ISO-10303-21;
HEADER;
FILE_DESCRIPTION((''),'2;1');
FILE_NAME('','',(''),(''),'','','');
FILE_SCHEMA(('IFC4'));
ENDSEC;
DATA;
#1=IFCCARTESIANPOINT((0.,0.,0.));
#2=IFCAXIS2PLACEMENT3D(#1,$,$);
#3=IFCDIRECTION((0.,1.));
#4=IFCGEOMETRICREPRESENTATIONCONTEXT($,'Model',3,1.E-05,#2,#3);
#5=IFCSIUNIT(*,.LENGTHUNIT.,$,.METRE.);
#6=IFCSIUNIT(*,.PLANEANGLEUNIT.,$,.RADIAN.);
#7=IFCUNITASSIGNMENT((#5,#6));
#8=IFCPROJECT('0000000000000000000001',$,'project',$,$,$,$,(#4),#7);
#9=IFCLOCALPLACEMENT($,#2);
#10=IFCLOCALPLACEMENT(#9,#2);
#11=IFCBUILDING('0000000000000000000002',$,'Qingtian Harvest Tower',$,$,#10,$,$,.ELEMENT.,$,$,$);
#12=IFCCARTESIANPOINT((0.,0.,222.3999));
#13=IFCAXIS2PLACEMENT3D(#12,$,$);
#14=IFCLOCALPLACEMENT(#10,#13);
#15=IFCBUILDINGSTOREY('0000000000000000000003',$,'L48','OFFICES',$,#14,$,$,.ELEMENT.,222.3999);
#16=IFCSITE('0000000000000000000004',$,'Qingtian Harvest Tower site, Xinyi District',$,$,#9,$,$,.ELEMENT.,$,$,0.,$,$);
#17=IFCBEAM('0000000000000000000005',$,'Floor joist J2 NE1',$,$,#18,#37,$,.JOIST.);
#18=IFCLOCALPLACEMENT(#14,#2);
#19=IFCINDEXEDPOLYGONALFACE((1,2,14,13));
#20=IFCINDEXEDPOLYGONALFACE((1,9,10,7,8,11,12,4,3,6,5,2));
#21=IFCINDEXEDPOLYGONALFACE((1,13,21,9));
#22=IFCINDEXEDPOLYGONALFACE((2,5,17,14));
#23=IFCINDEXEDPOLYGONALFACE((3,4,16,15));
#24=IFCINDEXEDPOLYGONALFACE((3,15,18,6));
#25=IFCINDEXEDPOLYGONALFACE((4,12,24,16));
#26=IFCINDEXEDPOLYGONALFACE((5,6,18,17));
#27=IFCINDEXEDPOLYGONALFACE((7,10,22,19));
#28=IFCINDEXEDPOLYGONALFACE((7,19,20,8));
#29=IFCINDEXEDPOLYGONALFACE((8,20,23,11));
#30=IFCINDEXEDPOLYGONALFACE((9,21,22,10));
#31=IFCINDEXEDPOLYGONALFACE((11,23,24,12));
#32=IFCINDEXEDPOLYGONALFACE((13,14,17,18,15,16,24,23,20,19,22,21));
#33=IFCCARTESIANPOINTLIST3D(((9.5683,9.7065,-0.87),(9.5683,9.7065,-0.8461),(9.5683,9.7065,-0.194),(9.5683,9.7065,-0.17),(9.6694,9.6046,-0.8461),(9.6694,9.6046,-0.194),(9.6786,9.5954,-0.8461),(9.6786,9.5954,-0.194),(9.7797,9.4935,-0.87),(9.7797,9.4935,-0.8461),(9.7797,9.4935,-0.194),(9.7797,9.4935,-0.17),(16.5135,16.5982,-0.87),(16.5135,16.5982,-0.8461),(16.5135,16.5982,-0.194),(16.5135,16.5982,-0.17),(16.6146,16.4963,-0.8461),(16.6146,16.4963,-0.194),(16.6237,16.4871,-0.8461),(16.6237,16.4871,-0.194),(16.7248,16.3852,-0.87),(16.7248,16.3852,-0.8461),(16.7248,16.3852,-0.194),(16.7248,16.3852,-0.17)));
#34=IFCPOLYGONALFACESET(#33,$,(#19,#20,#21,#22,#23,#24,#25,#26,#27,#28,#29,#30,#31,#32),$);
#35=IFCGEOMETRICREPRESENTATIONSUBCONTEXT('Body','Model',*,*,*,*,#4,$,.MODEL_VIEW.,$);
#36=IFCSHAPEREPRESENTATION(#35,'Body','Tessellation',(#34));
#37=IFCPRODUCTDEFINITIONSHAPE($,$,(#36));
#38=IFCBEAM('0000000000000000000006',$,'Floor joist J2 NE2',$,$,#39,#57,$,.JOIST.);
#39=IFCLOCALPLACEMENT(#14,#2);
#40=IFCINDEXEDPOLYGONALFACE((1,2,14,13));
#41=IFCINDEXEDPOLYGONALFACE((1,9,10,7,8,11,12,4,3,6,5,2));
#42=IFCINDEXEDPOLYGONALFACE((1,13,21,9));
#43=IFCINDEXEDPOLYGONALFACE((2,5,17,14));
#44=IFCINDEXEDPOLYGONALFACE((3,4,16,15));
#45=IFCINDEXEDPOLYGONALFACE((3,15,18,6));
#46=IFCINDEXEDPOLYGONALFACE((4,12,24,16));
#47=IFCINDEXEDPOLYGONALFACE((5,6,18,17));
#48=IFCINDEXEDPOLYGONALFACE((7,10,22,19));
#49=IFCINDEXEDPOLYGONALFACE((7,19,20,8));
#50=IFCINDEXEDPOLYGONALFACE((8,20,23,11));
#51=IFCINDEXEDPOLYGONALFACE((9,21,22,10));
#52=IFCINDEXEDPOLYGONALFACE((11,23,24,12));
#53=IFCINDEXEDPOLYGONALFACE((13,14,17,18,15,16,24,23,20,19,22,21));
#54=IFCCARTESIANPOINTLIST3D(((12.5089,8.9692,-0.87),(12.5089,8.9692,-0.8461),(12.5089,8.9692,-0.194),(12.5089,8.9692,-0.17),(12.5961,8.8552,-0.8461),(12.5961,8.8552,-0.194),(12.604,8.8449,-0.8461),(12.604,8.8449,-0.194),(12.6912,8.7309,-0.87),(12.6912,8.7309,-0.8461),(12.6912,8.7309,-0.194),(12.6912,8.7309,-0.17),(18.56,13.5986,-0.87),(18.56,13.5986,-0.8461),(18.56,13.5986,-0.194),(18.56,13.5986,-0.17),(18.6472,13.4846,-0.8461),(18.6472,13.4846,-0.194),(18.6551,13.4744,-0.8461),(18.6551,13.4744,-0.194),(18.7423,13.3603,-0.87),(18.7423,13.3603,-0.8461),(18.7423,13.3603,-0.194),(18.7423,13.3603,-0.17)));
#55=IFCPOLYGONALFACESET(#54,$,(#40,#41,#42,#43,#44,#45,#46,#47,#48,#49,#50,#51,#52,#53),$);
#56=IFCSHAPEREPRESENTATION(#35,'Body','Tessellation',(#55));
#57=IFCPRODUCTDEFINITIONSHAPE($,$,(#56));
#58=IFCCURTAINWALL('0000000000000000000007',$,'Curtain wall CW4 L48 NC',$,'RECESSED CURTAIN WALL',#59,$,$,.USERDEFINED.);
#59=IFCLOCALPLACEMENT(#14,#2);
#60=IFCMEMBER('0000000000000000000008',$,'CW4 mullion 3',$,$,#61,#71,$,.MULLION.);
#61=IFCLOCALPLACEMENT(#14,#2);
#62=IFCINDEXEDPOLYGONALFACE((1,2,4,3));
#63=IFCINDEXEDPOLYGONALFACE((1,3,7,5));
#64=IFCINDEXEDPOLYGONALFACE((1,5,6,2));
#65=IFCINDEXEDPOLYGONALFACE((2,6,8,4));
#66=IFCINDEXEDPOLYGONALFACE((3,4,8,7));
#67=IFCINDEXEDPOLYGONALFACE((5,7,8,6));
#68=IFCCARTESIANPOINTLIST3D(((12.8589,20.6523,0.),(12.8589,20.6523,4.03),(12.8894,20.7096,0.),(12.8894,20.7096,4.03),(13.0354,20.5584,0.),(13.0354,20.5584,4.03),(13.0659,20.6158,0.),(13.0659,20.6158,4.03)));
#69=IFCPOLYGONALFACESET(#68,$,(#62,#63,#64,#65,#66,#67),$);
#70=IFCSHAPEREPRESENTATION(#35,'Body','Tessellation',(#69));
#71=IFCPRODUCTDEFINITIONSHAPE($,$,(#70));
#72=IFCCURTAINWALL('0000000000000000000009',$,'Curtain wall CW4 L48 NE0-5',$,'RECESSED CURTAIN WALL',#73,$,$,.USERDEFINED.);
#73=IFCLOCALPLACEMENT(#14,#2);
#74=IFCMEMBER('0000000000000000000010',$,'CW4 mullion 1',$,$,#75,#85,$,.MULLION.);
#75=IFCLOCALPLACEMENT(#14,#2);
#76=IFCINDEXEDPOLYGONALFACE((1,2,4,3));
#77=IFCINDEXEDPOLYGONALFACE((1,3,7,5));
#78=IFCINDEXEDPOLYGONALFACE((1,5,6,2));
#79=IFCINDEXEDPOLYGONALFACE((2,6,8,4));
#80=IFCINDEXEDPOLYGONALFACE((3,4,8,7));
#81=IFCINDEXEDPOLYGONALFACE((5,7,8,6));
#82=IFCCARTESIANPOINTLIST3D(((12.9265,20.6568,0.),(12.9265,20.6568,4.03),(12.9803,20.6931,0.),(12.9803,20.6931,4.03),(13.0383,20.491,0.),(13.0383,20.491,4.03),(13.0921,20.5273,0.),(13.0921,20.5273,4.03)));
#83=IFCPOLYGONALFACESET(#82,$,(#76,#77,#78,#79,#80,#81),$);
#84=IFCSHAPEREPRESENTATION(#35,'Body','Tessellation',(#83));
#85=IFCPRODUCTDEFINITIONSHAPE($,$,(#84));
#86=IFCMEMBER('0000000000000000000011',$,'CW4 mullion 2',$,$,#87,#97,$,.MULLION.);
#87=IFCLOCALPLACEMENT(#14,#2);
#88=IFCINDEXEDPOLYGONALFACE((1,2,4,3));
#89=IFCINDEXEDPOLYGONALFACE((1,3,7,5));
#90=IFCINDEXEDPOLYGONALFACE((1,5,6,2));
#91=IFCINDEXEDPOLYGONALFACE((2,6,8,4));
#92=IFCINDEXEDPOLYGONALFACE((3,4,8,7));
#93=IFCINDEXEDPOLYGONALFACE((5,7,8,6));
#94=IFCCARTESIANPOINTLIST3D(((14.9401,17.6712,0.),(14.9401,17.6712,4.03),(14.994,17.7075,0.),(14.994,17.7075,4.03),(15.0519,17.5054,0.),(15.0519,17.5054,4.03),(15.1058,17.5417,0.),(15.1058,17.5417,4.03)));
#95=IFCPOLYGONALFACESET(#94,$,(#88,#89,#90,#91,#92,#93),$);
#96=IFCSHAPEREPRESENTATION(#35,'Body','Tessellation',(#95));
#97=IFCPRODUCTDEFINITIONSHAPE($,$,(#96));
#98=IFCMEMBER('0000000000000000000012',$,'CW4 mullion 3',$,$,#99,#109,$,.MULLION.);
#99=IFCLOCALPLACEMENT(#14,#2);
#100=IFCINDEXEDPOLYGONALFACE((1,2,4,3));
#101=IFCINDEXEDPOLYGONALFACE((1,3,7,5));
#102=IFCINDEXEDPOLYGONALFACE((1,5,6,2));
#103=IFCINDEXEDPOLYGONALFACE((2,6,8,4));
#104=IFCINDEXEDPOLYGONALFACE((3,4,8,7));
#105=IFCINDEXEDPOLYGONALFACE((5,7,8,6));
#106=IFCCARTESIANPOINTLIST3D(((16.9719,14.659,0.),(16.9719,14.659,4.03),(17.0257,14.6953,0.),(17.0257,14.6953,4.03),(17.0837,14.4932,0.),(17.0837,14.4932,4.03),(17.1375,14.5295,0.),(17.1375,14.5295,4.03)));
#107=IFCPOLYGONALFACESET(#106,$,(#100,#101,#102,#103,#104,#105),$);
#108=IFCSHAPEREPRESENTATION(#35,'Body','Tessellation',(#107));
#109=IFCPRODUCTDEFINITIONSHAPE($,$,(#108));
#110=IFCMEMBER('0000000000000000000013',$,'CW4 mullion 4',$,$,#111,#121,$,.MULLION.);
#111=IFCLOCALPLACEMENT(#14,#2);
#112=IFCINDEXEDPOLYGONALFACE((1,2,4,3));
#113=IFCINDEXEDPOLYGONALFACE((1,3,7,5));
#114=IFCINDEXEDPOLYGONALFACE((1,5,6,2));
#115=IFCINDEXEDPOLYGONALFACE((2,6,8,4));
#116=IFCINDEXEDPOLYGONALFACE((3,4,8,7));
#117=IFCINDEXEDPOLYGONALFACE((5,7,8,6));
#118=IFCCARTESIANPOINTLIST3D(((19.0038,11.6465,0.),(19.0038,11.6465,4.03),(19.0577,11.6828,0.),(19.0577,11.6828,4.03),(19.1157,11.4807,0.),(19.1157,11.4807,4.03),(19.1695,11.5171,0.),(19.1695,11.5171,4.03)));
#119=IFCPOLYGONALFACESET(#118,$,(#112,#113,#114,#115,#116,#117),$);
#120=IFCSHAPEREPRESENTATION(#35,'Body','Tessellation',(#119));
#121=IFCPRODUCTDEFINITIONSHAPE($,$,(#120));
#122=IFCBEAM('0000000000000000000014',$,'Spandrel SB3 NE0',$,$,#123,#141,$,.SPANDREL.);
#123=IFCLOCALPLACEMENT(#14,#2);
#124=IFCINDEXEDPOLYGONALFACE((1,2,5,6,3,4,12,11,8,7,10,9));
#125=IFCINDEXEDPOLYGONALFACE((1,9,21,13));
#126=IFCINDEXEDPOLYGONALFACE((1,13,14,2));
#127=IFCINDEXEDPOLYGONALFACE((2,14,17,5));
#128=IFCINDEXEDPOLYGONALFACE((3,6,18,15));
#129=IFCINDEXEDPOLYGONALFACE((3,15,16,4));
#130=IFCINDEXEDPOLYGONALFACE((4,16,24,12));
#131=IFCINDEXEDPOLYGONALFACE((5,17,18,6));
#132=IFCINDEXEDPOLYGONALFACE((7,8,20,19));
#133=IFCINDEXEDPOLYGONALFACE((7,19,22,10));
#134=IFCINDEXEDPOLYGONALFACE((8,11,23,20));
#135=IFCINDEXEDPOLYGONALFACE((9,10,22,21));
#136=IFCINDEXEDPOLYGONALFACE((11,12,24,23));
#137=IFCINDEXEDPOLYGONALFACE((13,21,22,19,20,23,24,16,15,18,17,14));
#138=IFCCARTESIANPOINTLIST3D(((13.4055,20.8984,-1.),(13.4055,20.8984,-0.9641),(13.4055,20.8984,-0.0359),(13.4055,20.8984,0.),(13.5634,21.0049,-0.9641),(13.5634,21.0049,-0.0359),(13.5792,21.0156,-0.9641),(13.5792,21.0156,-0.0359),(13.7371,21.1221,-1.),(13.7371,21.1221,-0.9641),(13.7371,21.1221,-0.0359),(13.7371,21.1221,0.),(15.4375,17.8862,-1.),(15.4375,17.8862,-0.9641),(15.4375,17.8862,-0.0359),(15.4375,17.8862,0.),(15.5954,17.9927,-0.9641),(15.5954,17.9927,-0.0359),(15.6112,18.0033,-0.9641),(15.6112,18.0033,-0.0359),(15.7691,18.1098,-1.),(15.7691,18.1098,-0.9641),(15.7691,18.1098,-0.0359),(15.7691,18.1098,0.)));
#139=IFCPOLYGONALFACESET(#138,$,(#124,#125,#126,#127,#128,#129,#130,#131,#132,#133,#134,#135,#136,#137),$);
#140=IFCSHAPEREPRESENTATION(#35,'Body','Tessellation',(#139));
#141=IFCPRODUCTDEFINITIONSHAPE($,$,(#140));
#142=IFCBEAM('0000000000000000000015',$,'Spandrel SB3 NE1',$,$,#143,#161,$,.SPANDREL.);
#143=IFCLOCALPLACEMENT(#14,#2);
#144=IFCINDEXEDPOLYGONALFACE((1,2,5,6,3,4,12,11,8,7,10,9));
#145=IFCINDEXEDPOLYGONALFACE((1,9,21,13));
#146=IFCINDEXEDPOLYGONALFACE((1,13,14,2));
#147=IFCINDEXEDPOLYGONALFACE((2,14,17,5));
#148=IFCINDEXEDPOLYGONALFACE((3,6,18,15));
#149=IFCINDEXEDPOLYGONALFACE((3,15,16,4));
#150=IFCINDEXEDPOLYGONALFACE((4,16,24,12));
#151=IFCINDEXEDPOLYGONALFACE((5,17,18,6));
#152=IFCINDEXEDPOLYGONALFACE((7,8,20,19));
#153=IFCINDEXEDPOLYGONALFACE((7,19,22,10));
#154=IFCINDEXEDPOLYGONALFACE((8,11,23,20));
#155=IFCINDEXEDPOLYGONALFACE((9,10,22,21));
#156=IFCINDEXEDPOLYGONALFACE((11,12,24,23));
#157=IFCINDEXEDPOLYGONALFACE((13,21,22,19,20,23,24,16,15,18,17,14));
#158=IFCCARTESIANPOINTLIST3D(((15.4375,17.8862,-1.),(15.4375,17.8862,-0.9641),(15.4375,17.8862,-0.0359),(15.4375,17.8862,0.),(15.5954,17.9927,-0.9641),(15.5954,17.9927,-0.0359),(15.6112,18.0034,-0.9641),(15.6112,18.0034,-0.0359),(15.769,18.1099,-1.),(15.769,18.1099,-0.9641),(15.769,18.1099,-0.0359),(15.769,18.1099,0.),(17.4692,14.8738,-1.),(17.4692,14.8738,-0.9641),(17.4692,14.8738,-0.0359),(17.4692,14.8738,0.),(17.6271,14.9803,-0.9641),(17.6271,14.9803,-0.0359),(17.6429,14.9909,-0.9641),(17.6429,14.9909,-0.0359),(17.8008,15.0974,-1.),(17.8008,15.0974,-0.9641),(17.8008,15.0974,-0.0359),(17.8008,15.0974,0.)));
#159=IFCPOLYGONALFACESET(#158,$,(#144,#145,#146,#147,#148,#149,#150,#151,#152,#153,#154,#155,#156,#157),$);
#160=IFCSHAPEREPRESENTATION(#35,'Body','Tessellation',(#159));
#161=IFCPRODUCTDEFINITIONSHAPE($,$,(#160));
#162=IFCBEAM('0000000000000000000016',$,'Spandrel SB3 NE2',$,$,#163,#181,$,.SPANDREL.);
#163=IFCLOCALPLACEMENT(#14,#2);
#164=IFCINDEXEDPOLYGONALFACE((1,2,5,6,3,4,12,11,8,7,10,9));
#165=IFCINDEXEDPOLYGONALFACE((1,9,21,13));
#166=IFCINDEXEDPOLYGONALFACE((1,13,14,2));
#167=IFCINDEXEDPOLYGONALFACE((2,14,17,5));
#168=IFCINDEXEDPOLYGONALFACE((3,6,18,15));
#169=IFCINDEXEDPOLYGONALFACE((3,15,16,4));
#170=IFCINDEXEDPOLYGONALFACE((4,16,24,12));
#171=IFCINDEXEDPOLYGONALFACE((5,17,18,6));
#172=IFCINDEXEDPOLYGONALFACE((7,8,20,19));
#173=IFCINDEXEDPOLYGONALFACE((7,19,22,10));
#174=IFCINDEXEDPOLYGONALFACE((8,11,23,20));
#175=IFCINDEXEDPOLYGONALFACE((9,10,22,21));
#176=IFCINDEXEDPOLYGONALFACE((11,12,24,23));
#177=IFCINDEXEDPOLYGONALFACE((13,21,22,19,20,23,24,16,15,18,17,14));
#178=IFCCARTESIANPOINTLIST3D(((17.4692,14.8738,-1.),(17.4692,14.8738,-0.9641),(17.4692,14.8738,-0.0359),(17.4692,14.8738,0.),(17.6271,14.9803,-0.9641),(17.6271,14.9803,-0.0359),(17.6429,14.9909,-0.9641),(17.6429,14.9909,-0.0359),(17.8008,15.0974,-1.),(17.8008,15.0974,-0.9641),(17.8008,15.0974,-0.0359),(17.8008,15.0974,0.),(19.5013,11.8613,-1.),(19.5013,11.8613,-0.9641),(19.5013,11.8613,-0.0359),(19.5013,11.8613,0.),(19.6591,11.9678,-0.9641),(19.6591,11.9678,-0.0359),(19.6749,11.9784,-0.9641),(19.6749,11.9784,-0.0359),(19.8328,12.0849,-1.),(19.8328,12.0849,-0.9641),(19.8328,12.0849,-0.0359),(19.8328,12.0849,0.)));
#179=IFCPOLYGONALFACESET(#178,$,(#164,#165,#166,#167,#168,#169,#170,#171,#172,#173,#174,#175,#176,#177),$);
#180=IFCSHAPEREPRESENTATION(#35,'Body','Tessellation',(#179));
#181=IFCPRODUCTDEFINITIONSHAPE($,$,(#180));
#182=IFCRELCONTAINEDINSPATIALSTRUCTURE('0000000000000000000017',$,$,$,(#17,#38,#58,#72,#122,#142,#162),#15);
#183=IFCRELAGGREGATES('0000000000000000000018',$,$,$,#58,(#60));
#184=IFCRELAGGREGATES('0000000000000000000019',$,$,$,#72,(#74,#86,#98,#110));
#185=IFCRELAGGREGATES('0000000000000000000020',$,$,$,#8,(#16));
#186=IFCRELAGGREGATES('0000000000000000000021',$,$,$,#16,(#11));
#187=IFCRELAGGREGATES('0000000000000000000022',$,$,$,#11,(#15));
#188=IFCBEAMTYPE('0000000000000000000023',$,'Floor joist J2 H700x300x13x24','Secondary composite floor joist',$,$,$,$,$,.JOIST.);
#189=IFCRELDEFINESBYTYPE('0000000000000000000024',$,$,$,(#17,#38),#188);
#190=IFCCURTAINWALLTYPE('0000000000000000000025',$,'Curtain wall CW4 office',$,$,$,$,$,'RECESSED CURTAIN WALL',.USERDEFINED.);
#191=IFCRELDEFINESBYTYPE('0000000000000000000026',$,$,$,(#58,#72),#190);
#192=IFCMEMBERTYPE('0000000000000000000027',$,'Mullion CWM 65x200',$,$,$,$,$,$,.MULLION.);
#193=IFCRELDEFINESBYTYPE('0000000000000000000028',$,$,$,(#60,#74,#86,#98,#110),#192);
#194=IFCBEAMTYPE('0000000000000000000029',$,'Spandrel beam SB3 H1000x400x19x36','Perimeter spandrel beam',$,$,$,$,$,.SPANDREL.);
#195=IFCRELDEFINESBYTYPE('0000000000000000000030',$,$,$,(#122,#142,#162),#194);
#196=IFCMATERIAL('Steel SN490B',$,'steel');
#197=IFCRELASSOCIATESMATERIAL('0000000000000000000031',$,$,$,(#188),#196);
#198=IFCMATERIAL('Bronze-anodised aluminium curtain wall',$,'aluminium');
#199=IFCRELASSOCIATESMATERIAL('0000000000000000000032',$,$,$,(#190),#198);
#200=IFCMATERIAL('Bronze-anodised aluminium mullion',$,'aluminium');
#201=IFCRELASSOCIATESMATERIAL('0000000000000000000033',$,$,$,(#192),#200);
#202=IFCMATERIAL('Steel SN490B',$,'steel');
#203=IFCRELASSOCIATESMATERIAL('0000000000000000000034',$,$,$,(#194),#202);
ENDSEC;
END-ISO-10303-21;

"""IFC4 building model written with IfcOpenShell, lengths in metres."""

from ifc_helpers import new_model, si_unit, direction, frame, origin, origin_2d, place, context, subcontext, project, spatial, rectangle, i_section, extrude, material, material_profile, profile_set, type_object, element, aggregate, save


model = new_model("IFC4")

# Units and contexts
model_context = context("Model", 3, precision=1e-05, world=origin(), true_north=direction((0.0, 1.0)))
body_context = subcontext(model_context, "Body", "Model", "MODEL_VIEW")
ifc_project = project(units=[si_unit("LENGTHUNIT", "METRE"), si_unit("PLANEANGLEUNIT", "RADIAN")], contexts=[model_context])

# Site, building, storey
site_placement = place(None, origin())
site = spatial("IfcSite", under=ifc_project, at=site_placement, Name="Qingtian Harvest Tower site, Xinyi District", CompositionType="ELEMENT", RefElevation=0.0)
building_placement = place(site_placement, origin())
building = spatial("IfcBuilding", under=site, at=building_placement, Name="Qingtian Harvest Tower", CompositionType="ELEMENT")
storey_placement = place(building_placement, frame((0.0, 0.0, 222.3999)))
storey = spatial("IfcBuildingStorey", under=building, at=storey_placement, Name="L48", Description="OFFICES", CompositionType="ELEMENT", Elevation=222.3999)

# Beams
ifc_material_1 = material(Name="Steel SN490B", Category="steel")
ifc_material_profile_1 = material_profile(ifc_material_1, i_section(OverallWidth=0.3, OverallDepth=0.7, WebThickness=0.0129, FlangeThickness=0.0239, at=origin_2d()), Name="H700x300x13x24")
ifc_profile_set_1 = profile_set([ifc_material_profile_1], Name="Steel SN490B")
beam_type_1 = type_object("IfcBeamType", Name="Floor joist J2 H700x300x13x24", Description="Secondary composite floor joist", PredefinedType="JOIST", material=ifc_profile_set_1)
beam_1_placement = place(storey_placement, frame((16.6191, 16.4917, -0.52), z_axis=(-0.709834, -0.704369, 0.0), x_axis=(0.704369, -0.709834, 0.0)))
element("IfcBeam", 1, at=beam_1_placement, inside=storey, type_object=beam_type_1, Name="Floor joist J2 NE1", PredefinedType="JOIST", context=body_context, shape_type="SweptSolid", body=[
    extrude(i_section(OverallWidth=0.3, OverallDepth=0.7, WebThickness=0.0129, FlangeThickness=0.0239, at=origin_2d()), origin(), (0.0, 0.0, 1.0), 9.7842),
])
beam_2_placement = place(storey_placement, frame((18.6511, 13.4795, -0.52), z_axis=(-0.794222, -0.607627, 0.0), x_axis=(0.607627, -0.794222, 0.0)))
element("IfcBeam", 2, at=beam_2_placement, inside=storey, type_object=beam_type_1, Name="Floor joist J2 NE2", PredefinedType="JOIST", context=body_context, shape_type="SweptSolid", body=[
    extrude(i_section(OverallWidth=0.3, OverallDepth=0.7, WebThickness=0.0129, FlangeThickness=0.0239, at=origin_2d()), origin(), (0.0, 0.0, 1.0), 7.6189),
])

# Curtain wall, member
ifc_material_2 = material(Name="Bronze-anodised aluminium curtain wall", Category="aluminium")
curtain_wall_type = type_object("IfcCurtainWallType", Name="Curtain wall CW4 office", ElementType="RECESSED CURTAIN WALL", PredefinedType="USERDEFINED", material=ifc_material_2)
curtain_wall_1_placement = place(storey_placement, origin())
curtain_wall_1 = element("IfcCurtainWall", 3, at=curtain_wall_1_placement, inside=storey, type_object=curtain_wall_type, Name="Curtain wall CW4 L48 NC", ObjectType="RECESSED CURTAIN WALL", PredefinedType="USERDEFINED")
ifc_material_3 = material(Name="Bronze-anodised aluminium mullion", Category="aluminium")
ifc_material_profile_2 = material_profile(ifc_material_3, rectangle(XDim=0.0649, YDim=0.2, at=origin_2d()), Name="AL 65x200")
ifc_profile_set_2 = profile_set([ifc_material_profile_2], Name="Bronze-anodised aluminium mullion")
member_type_1 = type_object("IfcMemberType", Name="Mullion CWM 65x200", PredefinedType="MULLION", material=ifc_profile_set_2)
member_1_placement = place(storey_placement, frame((12.9624, 20.634, 0.0), z_axis=(0.0, 0.0, 1.0), x_axis=(0.469472, 0.882948, 0.0)))
member_1 = element("IfcMember", 4, at=member_1_placement, type_object=member_type_1, Name="CW4 mullion 3", PredefinedType="MULLION", context=body_context, shape_type="SweptSolid", body=[
    extrude(rectangle(XDim=0.0649, YDim=0.2, at=origin_2d()), origin(), (0.0, 0.0, 1.0), 4.03),
])

# Curtain wall, members
curtain_wall_2_placement = place(storey_placement, origin())
curtain_wall_2 = element("IfcCurtainWall", 5, at=curtain_wall_2_placement, inside=storey, type_object=curtain_wall_type, Name="Curtain wall CW4 L48 NE0-5", ObjectType="RECESSED CURTAIN WALL", PredefinedType="USERDEFINED")
member_2_placement = place(storey_placement, frame((13.0093, 20.592, 0.0), z_axis=(0.0, 0.0, 1.0), x_axis=(0.829038, 0.559193, 0.0)))
member_2 = element("IfcMember", 6, at=member_2_placement, type_object=member_type_1, Name="CW4 mullion 1", PredefinedType="MULLION", context=body_context, shape_type="SweptSolid", body=[
    extrude(rectangle(XDim=0.0649, YDim=0.2, at=origin_2d()), origin(), (0.0, 0.0, 1.0), 4.03),
])
member_3_placement = place(storey_placement, frame((15.0229, 17.6064, 0.0), z_axis=(0.0, 0.0, 1.0), x_axis=(0.829038, 0.559193, 0.0)))
member_3 = element("IfcMember", 7, at=member_3_placement, type_object=member_type_1, Name="CW4 mullion 2", PredefinedType="MULLION", context=body_context, shape_type="SweptSolid", body=[
    extrude(rectangle(XDim=0.0649, YDim=0.2, at=origin_2d()), origin(), (0.0, 0.0, 1.0), 4.03),
])
member_4_placement = place(storey_placement, frame((17.0547, 14.5942, 0.0), z_axis=(0.0, 0.0, 1.0), x_axis=(0.829038, 0.559193, 0.0)))
member_4 = element("IfcMember", 8, at=member_4_placement, type_object=member_type_1, Name="CW4 mullion 3", PredefinedType="MULLION", context=body_context, shape_type="SweptSolid", body=[
    extrude(rectangle(XDim=0.0649, YDim=0.2, at=origin_2d()), origin(), (0.0, 0.0, 1.0), 4.03),
])
member_5_placement = place(storey_placement, frame((19.0867, 11.5818, 0.0), z_axis=(0.0, 0.0, 1.0), x_axis=(0.829038, 0.559193, 0.0)))
member_5 = element("IfcMember", 9, at=member_5_placement, type_object=member_type_1, Name="CW4 mullion 4", PredefinedType="MULLION", context=body_context, shape_type="SweptSolid", body=[
    extrude(rectangle(XDim=0.0649, YDim=0.2, at=origin_2d()), origin(), (0.0, 0.0, 1.0), 4.03),
])

# Beams
ifc_material_4 = material(Name="Steel SN490B", Category="steel")
ifc_material_profile_3 = material_profile(ifc_material_4, i_section(OverallWidth=0.3999, OverallDepth=1.0, WebThickness=0.019, FlangeThickness=0.0359, at=origin_2d()), Name="H1000x400x19x36")
ifc_profile_set_3 = profile_set([ifc_material_profile_3], Name="Steel SN490B")
beam_type_2 = type_object("IfcBeamType", Name="Spandrel beam SB3 H1000x400x19x36", Description="Perimeter spandrel beam", PredefinedType="SPANDREL", material=ifc_profile_set_3)
for number, where, z_axis, x_axis, name in (
    (10, (13.5713, 21.0103, -0.5), (0.559235, -0.829009, 0.0), (0.829009, 0.559235, 0.0), "Spandrel SB3 NE0"),
    (11, (15.6033, 17.998, -0.5), (0.559158, -0.829061, 0.0), (0.829061, 0.559158, 0.0), "Spandrel SB3 NE1"),
):
    element("IfcBeam", number, at=place(storey_placement, frame(where, z_axis=z_axis, x_axis=x_axis)), inside=storey, type_object=beam_type_2, Name=name, PredefinedType="SPANDREL", context=body_context, shape_type="SweptSolid", body=[
        extrude(i_section(OverallWidth=0.3999, OverallDepth=1.0, WebThickness=0.019, FlangeThickness=0.0359, at=origin_2d()), origin(), (0.0, 0.0, 1.0), 3.6335),
    ])
beam_3_placement = place(storey_placement, frame((17.635, 14.9856, -0.5), z_axis=(0.559204, -0.82903, 0.0), x_axis=(0.82903, 0.559204, 0.0)))
element("IfcBeam", 12, at=beam_3_placement, inside=storey, type_object=beam_type_2, Name="Spandrel SB3 NE2", PredefinedType="SPANDREL", context=body_context, shape_type="SweptSolid", body=[
    extrude(i_section(OverallWidth=0.3999, OverallDepth=1.0, WebThickness=0.019, FlangeThickness=0.0359, at=origin_2d()), origin(), (0.0, 0.0, 1.0), 3.6338),
])

aggregate(curtain_wall_1, [member_1])
aggregate(curtain_wall_2, [member_2, member_3, member_4, member_5])

save(model, "model.ifc")
